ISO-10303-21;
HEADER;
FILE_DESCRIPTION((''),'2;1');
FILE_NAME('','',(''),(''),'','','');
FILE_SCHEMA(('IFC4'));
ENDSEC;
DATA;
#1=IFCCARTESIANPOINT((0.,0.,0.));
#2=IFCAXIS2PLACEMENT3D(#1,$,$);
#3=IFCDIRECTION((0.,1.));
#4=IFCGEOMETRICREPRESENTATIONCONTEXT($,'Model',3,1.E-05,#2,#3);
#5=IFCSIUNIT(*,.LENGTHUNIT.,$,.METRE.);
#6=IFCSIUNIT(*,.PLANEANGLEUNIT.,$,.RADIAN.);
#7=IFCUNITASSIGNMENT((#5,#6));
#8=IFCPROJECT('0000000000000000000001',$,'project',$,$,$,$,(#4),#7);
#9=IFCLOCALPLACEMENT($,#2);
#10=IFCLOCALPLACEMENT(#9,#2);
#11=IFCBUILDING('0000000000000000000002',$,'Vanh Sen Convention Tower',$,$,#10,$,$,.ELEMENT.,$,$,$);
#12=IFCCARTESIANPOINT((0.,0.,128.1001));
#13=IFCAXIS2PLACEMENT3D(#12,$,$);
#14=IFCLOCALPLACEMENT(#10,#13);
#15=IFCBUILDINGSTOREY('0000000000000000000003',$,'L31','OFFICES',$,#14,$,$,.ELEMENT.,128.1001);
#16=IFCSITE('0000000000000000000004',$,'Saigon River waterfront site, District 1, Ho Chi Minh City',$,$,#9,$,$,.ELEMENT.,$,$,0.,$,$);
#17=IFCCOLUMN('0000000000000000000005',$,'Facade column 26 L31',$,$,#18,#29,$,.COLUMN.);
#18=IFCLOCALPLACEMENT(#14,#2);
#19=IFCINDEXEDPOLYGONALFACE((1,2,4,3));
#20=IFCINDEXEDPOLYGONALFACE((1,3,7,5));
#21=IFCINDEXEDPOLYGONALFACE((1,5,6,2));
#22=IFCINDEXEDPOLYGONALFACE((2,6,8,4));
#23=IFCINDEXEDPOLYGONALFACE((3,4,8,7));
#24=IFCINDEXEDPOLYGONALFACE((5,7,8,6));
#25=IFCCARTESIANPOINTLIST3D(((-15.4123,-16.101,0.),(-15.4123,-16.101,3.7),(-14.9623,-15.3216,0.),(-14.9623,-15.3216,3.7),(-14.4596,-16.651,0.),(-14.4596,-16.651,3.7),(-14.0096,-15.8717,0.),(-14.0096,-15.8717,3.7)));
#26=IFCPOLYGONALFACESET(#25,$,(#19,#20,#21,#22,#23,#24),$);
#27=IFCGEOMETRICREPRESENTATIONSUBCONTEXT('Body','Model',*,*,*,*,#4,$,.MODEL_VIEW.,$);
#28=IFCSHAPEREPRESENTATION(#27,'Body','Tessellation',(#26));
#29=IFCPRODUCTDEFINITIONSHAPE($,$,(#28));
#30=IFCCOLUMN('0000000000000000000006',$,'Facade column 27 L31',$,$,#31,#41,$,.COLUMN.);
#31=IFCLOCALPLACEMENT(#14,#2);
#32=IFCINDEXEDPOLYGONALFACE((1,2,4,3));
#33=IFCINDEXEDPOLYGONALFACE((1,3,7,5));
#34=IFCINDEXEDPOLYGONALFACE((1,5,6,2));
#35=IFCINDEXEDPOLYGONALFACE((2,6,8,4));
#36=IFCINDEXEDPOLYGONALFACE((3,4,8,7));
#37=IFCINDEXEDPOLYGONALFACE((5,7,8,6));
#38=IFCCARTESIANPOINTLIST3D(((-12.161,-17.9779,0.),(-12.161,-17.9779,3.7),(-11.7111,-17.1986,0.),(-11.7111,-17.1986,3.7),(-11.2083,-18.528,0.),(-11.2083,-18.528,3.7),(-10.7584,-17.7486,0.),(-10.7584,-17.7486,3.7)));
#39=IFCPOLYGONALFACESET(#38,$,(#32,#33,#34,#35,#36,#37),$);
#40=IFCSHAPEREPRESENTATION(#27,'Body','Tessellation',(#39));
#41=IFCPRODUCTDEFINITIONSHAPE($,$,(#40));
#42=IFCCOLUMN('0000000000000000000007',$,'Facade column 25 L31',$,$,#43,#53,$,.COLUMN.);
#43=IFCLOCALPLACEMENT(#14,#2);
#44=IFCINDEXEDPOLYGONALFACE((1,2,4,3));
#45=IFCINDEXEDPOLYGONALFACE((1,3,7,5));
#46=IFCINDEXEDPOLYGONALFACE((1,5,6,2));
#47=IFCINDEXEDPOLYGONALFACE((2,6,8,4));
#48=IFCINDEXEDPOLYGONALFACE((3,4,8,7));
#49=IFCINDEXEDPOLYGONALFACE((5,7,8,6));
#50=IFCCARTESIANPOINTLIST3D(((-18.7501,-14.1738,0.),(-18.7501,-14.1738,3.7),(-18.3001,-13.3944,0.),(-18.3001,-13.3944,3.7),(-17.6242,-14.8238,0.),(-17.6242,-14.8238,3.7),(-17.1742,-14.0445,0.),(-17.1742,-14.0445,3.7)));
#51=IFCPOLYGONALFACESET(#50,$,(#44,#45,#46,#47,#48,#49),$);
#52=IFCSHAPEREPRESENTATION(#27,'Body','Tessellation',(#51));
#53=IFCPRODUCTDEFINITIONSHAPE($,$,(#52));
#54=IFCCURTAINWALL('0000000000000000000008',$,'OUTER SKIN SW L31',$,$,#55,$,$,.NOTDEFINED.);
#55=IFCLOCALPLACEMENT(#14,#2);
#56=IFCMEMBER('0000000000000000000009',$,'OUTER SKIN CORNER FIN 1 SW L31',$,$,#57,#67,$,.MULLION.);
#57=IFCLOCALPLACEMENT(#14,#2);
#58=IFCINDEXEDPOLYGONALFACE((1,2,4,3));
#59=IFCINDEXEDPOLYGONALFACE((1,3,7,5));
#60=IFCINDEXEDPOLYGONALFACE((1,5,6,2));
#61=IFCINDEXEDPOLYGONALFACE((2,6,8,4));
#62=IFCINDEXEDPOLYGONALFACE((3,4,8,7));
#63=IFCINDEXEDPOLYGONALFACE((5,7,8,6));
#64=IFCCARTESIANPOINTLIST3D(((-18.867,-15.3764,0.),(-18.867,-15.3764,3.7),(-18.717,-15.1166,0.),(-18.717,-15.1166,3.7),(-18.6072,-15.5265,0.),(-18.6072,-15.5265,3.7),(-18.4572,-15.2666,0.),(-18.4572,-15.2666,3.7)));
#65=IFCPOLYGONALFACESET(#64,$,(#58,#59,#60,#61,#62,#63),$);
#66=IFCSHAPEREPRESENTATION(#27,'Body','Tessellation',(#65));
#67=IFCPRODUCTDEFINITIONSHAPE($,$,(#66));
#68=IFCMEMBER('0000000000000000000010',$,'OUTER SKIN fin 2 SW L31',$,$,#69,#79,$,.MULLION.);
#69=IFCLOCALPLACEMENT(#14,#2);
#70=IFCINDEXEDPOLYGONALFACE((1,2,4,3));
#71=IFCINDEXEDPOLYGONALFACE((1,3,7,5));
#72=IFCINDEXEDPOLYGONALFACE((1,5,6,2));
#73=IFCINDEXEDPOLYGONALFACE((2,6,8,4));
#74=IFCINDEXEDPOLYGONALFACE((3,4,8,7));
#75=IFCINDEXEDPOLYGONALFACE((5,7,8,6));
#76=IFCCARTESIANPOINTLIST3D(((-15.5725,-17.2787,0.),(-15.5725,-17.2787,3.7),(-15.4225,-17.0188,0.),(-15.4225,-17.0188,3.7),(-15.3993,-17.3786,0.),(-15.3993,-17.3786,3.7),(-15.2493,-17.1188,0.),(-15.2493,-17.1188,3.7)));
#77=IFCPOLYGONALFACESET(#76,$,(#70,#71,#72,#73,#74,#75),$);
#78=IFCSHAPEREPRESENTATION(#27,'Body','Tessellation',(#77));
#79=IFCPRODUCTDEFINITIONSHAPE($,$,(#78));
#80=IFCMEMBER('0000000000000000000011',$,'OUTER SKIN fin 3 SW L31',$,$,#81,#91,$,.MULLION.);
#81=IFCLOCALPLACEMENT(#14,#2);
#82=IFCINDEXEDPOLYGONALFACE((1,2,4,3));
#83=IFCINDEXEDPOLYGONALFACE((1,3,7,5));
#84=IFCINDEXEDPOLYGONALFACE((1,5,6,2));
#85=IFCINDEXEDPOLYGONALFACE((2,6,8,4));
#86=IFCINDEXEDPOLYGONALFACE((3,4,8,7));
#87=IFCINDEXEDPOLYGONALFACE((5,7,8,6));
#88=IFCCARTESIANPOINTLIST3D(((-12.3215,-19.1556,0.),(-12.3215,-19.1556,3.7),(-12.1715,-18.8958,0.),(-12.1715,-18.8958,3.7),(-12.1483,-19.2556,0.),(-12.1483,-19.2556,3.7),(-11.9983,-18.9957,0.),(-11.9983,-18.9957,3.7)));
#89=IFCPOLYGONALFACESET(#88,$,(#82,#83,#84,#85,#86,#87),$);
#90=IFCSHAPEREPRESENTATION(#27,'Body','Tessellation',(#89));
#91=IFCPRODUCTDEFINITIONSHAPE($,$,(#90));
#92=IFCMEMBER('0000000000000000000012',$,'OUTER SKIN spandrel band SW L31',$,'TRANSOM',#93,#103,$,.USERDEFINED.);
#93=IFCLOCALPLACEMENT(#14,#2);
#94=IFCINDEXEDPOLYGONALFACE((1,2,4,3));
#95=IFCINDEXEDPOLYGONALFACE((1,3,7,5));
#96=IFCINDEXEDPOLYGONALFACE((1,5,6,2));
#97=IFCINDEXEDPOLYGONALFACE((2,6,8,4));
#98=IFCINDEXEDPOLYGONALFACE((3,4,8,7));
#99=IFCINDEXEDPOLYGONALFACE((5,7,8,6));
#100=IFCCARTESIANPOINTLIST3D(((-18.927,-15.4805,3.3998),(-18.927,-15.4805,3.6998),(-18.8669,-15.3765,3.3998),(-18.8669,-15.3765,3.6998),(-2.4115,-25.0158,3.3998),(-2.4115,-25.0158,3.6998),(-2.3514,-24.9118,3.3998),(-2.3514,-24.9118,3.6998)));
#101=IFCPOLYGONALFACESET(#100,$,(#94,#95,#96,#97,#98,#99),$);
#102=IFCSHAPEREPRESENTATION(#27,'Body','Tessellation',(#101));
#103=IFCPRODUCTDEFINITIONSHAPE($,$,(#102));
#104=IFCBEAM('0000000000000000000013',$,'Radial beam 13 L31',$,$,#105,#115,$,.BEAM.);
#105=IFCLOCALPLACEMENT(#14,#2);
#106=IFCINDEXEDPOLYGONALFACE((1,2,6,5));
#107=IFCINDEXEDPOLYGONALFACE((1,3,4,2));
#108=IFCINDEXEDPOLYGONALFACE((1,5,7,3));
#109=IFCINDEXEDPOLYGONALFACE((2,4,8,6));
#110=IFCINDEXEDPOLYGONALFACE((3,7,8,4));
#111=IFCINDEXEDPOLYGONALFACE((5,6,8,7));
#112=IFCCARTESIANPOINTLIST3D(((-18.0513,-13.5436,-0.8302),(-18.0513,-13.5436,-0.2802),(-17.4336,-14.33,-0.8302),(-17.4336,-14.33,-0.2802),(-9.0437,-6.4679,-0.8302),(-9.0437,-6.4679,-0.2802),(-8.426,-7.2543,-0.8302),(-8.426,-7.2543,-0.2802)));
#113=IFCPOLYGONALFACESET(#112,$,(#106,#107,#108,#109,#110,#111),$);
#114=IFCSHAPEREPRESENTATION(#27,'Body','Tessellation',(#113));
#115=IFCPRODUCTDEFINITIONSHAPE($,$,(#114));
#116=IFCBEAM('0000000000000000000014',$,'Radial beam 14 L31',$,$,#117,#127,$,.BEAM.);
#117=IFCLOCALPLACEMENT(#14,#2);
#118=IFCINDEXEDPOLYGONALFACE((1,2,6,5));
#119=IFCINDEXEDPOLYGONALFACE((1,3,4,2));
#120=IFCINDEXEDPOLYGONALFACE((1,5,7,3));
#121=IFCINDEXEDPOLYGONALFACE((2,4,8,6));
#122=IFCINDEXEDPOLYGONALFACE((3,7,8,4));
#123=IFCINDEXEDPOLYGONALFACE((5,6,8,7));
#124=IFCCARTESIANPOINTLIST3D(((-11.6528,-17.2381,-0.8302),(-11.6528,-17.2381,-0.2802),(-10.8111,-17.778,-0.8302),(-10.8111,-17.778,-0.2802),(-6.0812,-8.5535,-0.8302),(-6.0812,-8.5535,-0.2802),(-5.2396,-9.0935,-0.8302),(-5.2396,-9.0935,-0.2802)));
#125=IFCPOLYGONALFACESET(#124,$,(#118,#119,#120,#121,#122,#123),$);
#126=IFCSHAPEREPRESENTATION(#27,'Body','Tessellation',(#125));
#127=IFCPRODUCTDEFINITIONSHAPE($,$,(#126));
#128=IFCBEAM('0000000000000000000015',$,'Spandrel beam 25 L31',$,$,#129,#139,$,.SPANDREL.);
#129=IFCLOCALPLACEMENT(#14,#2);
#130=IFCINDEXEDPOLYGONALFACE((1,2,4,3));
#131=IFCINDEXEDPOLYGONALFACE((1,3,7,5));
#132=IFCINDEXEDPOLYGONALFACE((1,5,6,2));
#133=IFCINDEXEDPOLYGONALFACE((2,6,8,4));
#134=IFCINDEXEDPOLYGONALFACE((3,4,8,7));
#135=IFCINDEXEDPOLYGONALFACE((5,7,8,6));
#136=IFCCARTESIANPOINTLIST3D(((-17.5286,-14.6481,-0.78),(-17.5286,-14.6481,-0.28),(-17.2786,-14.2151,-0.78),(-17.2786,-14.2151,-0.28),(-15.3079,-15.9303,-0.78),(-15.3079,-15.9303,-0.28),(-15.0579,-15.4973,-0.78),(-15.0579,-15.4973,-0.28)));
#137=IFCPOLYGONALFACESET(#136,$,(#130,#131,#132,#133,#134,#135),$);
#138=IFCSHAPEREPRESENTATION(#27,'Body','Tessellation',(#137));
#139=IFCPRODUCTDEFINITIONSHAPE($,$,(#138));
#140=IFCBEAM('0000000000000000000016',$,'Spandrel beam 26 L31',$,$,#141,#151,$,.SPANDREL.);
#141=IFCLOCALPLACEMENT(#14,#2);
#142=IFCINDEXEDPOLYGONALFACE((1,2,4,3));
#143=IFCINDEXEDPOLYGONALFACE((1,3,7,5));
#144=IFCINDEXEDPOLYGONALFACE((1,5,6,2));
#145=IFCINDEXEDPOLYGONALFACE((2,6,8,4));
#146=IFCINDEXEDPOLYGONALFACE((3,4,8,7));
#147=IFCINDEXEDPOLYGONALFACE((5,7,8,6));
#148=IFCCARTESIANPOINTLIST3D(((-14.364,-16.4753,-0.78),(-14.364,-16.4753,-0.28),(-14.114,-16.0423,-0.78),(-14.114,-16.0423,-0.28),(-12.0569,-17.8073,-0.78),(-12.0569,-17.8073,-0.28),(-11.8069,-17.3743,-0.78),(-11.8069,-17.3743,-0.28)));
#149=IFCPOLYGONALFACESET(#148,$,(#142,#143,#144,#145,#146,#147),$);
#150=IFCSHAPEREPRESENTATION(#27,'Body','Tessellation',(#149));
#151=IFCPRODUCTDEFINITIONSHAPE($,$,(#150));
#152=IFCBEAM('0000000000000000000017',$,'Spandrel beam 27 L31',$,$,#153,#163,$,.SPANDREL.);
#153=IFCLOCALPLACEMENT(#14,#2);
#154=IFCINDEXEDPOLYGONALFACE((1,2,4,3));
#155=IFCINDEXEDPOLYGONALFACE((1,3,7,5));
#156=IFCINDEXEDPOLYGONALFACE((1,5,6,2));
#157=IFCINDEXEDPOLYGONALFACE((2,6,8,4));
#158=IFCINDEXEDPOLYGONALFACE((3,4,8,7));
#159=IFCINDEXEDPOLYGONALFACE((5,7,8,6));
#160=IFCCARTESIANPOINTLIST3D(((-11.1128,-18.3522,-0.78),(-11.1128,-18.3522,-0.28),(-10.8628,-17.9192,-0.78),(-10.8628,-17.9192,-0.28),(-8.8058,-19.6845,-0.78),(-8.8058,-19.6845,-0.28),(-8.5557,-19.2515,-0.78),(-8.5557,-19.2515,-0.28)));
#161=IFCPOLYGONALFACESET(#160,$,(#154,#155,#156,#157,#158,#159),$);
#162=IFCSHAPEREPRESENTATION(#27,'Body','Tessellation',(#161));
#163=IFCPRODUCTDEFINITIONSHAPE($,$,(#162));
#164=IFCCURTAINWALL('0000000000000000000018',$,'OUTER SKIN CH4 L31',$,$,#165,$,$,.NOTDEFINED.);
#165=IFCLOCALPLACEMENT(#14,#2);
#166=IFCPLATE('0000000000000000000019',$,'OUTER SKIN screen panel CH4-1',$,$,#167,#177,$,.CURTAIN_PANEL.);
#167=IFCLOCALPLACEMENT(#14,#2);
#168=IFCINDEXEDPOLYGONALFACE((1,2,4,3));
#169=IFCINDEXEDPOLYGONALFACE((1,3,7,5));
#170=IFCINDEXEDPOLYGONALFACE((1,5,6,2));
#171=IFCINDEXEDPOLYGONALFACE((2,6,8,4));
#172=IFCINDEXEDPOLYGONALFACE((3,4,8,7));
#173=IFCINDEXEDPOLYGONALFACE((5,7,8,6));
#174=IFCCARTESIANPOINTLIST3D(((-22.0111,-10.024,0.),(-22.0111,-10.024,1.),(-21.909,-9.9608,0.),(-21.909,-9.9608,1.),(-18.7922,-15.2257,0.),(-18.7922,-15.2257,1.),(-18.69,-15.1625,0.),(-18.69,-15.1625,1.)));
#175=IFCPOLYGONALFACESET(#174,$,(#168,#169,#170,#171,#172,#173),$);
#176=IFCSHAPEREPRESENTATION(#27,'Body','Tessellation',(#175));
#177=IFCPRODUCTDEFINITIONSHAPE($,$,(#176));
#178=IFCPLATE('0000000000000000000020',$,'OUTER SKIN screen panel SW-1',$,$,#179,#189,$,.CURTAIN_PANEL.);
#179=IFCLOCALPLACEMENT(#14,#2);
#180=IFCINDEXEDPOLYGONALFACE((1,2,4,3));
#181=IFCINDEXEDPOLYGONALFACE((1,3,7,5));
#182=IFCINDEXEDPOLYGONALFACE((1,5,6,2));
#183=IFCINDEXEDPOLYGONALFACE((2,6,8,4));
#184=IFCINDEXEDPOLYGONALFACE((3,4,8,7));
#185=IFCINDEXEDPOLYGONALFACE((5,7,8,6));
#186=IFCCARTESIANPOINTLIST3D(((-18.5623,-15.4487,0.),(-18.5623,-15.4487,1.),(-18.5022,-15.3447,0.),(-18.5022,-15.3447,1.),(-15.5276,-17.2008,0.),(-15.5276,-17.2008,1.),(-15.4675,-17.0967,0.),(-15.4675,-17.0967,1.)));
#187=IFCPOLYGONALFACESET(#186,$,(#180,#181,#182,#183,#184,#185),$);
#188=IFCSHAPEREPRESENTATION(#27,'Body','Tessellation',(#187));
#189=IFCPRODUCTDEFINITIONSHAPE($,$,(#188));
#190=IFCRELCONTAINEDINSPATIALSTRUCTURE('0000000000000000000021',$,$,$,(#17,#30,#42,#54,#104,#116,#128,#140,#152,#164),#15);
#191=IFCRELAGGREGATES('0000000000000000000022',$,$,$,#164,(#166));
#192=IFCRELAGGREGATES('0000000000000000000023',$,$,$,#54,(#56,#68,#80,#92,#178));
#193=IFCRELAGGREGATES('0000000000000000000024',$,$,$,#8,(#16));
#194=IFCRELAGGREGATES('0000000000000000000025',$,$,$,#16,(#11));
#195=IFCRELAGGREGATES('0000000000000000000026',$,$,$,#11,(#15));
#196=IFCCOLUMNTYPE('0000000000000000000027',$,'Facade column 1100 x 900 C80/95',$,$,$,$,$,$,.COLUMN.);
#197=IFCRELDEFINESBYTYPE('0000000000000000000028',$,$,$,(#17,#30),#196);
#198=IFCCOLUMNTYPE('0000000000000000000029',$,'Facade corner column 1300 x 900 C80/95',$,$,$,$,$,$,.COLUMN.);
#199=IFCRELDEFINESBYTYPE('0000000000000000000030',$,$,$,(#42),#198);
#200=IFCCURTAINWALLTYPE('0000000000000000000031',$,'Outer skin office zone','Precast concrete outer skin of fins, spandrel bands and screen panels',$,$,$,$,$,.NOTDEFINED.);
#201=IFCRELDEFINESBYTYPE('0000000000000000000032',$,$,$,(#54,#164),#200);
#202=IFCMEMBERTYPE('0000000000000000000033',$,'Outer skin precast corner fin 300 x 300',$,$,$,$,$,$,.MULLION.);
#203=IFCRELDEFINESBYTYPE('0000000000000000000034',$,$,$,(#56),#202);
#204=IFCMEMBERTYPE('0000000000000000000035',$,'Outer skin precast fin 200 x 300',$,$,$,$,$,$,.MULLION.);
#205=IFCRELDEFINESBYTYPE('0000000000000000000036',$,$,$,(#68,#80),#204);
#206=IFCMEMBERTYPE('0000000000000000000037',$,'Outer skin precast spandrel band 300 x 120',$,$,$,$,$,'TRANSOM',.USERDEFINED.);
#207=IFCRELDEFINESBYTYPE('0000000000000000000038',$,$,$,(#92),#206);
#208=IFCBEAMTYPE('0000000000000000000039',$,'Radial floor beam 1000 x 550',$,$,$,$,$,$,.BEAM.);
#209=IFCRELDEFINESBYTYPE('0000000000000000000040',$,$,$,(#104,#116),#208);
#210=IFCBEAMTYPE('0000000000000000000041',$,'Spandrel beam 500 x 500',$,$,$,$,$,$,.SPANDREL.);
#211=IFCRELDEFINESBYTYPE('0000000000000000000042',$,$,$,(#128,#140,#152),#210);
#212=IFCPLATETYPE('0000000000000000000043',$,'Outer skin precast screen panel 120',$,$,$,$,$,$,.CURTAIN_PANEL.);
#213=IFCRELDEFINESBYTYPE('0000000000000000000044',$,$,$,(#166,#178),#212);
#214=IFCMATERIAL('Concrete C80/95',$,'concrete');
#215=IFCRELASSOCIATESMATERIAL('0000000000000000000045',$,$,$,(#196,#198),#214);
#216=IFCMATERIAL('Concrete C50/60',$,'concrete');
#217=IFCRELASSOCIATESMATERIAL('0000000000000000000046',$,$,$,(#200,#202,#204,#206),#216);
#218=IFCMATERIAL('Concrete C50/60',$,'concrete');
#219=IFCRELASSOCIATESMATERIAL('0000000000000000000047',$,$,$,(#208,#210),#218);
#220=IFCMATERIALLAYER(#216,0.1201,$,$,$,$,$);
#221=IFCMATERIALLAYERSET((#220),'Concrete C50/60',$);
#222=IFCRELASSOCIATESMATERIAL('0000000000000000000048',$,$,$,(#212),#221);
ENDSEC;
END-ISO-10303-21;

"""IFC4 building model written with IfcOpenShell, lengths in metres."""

from ifc_helpers import new_model, si_unit, direction, frame, origin, origin_2d, place, context, subcontext, project, spatial, rectangle, extrude, material, layer, layer_set, material_profile, profile_set, type_object, element, aggregate, save


model = new_model("IFC4")

# Units and contexts
model_context = context("Model", 3, precision=1e-05, world=origin(), true_north=direction((0.0, 1.0)))
body_context = subcontext(model_context, "Body", "Model", "MODEL_VIEW")
ifc_project = project(units=[si_unit("LENGTHUNIT", "METRE"), si_unit("PLANEANGLEUNIT", "RADIAN")], contexts=[model_context])

# Site, building, storey
site_placement = place(None, origin())
site = spatial("IfcSite", under=ifc_project, at=site_placement, Name="Saigon River waterfront site, District 1, Ho Chi Minh City", CompositionType="ELEMENT", RefElevation=0.0)
building_placement = place(site_placement, origin())
building = spatial("IfcBuilding", under=site, at=building_placement, Name="Vanh Sen Convention Tower", CompositionType="ELEMENT")
storey_placement = place(building_placement, frame((0.0, 0.0, 128.1001)))
storey = spatial("IfcBuildingStorey", under=building, at=storey_placement, Name="L31", Description="OFFICES", CompositionType="ELEMENT", Elevation=128.1001)

# Columns
ifc_material_1 = material(Name="Concrete C80/95", Category="concrete")
ifc_material_profile_1 = material_profile(ifc_material_1, rectangle(XDim=1.1001, YDim=0.8999, at=origin_2d()), Name="RC 1100X900")
ifc_profile_set_1 = profile_set([ifc_material_profile_1], Name="Concrete C80/95")
column_type_1 = type_object("IfcColumnType", Name="Facade column 1100 x 900 C80/95", PredefinedType="COLUMN", material=ifc_profile_set_1)
for number, where, z_axis, x_axis, name in (
    (1, (-14.7109, -15.9863, 0.0), (0.0, 0.0, 1.0), (0.866025, -0.5, 0.0), "Facade column 26 L31"),
    (2, (-11.4597, -17.8633, 0.0), (0.0, 0.0, 1.0), (0.866025, -0.5, 0.0), "Facade column 27 L31"),
):
    element("IfcColumn", number, at=place(storey_placement, frame(where, z_axis=z_axis, x_axis=x_axis)), inside=storey, type_object=column_type_1, Name=name, PredefinedType="COLUMN", context=body_context, shape_type="SweptSolid", body=[
        extrude(rectangle(XDim=1.1001, YDim=0.8999, at=origin_2d()), origin(), (0.0, 0.0, 1.0), 3.7),
    ])
ifc_material_profile_2 = material_profile(ifc_material_1, rectangle(XDim=1.3, YDim=0.8999, at=origin_2d()), Name="RC 1300X900")
ifc_profile_set_2 = profile_set([ifc_material_profile_2], Name="Concrete C80/95")
column_type_2 = type_object("IfcColumnType", Name="Facade corner column 1300 x 900 C80/95", PredefinedType="COLUMN", material=ifc_profile_set_2)
column_placement = place(storey_placement, frame((-17.9622, -14.1091, 0.0), z_axis=(0.0, 0.0, 1.0), x_axis=(0.866025, -0.5, 0.0)))
element("IfcColumn", 3, at=column_placement, inside=storey, type_object=column_type_2, Name="Facade column 25 L31", PredefinedType="COLUMN", context=body_context, shape_type="SweptSolid", body=[
    extrude(rectangle(XDim=1.3, YDim=0.8999, at=origin_2d()), origin(), (0.0, 0.0, 1.0), 3.7),
])

# Curtain wall, members
ifc_material_2 = material(Name="Concrete C50/60", Category="concrete")
curtain_wall_type = type_object("IfcCurtainWallType", Name="Outer skin office zone", Description="Precast concrete outer skin of fins, spandrel bands and screen panels", PredefinedType="NOTDEFINED", material=ifc_material_2)
curtain_wall_1_placement = place(storey_placement, origin())
curtain_wall_1 = element("IfcCurtainWall", 4, at=curtain_wall_1_placement, inside=storey, type_object=curtain_wall_type, Name="OUTER SKIN SW L31", PredefinedType="NOTDEFINED")
ifc_material_profile_3 = material_profile(ifc_material_2, rectangle(XDim=0.3, YDim=0.3, at=origin_2d()), Name="Outer skin precast corner fin 300 x 300")
ifc_profile_set_3 = profile_set([ifc_material_profile_3], Name="Concrete C50/60")
member_type_1 = type_object("IfcMemberType", Name="Outer skin precast corner fin 300 x 300", PredefinedType="MULLION", material=ifc_profile_set_3)
member_1_placement = place(storey_placement, frame((-18.6621, -15.3215, 0.0), z_axis=(0.0, 0.0, 1.0), x_axis=(0.866025, -0.5, 0.0)))
member_1 = element("IfcMember", 5, at=member_1_placement, type_object=member_type_1, Name="OUTER SKIN CORNER FIN 1 SW L31", PredefinedType="MULLION", context=body_context, shape_type="SweptSolid", body=[
    extrude(rectangle(XDim=0.3, YDim=0.3, at=origin_2d()), origin(), (0.0, 0.0, 1.0), 3.7),
])
ifc_material_profile_4 = material_profile(ifc_material_2, rectangle(XDim=0.2, YDim=0.3, at=origin_2d()), Name="Outer skin precast fin 200 x 300")
ifc_profile_set_4 = profile_set([ifc_material_profile_4], Name="Concrete C50/60")
member_type_2 = type_object("IfcMemberType", Name="Outer skin precast fin 200 x 300", PredefinedType="MULLION", material=ifc_profile_set_4)
member_2_placement = place(storey_placement, frame((-15.4109, -17.1987, 0.0), z_axis=(0.0, 0.0, 1.0), x_axis=(0.866025, -0.5, 0.0)))
member_2 = element("IfcMember", 6, at=member_2_placement, type_object=member_type_2, Name="OUTER SKIN fin 2 SW L31", PredefinedType="MULLION", context=body_context, shape_type="SweptSolid", body=[
    extrude(rectangle(XDim=0.2, YDim=0.3, at=origin_2d()), origin(), (0.0, 0.0, 1.0), 3.7),
])
member_3_placement = place(storey_placement, frame((-12.1599, -19.0757, 0.0), z_axis=(0.0, 0.0, 1.0), x_axis=(0.866025, -0.5, 0.0)))
member_3 = element("IfcMember", 7, at=member_3_placement, type_object=member_type_2, Name="OUTER SKIN fin 3 SW L31", PredefinedType="MULLION", context=body_context, shape_type="SweptSolid", body=[
    extrude(rectangle(XDim=0.2, YDim=0.3, at=origin_2d()), origin(), (0.0, 0.0, 1.0), 3.7),
])
ifc_material_profile_5 = material_profile(ifc_material_2, rectangle(XDim=0.1201, YDim=0.3, at=origin_2d()), Name="Outer skin precast spandrel band 300 x 120")
ifc_profile_set_5 = profile_set([ifc_material_profile_5], Name="Concrete C50/60")
member_type_3 = type_object("IfcMemberType", Name="Outer skin precast spandrel band 300 x 120", ElementType="TRANSOM", PredefinedType="USERDEFINED", material=ifc_profile_set_5)
member_4_placement = place(storey_placement, frame((-18.897, -15.4285, 3.5498), z_axis=(0.866023, -0.500004, 0.0), x_axis=(0.500004, 0.866023, 0.0)))
member_4 = element("IfcMember", 8, at=member_4_placement, type_object=member_type_3, Name="OUTER SKIN spandrel band SW L31", ObjectType="TRANSOM", PredefinedType="USERDEFINED", context=body_context, shape_type="SweptSolid", body=[
    extrude(rectangle(XDim=0.1201, YDim=0.3, at=origin_2d()), origin(), (0.0, 0.0, 1.0), 19.0706),
])

# Beams
ifc_material_3 = material(Name="Concrete C50/60", Category="concrete")
ifc_material_profile_6 = material_profile(ifc_material_3, rectangle(XDim=1.0, YDim=0.55, at=origin_2d()), Name="RC 1000X550")
ifc_profile_set_6 = profile_set([ifc_material_profile_6], Name="Concrete C50/60")
beam_type_1 = type_object("IfcBeamType", Name="Radial floor beam 1000 x 550", PredefinedType="BEAM", material=ifc_profile_set_6)
beam_1_placement = place(storey_placement, frame((-17.7424, -13.9368, -0.5552), z_axis=(0.78639, 0.61773, 0.0), x_axis=(-0.61773, 0.78639, 0.0)))
element("IfcBeam", 9, at=beam_1_placement, inside=storey, type_object=beam_type_1, Name="Radial beam 13 L31", PredefinedType="BEAM", context=body_context, shape_type="SweptSolid", body=[
    extrude(rectangle(XDim=1.0, YDim=0.55, at=origin_2d()), origin(), (0.0, 0.0, 1.0), 11.4543),
])
beam_2_placement = place(storey_placement, frame((-11.2319, -17.5081, -0.5552), z_axis=(0.539975, 0.841681, 0.0), x_axis=(-0.841681, 0.539975, 0.0)))
element("IfcBeam", 10, at=beam_2_placement, inside=storey, type_object=beam_type_1, Name="Radial beam 14 L31", PredefinedType="BEAM", context=body_context, shape_type="SweptSolid", body=[
    extrude(rectangle(XDim=1.0, YDim=0.55, at=origin_2d()), origin(), (0.0, 0.0, 1.0), 10.3181),
])
ifc_material_profile_7 = material_profile(ifc_material_3, rectangle(XDim=0.5, YDim=0.5, at=origin_2d()), Name="RC 500X500")
ifc_profile_set_7 = profile_set([ifc_material_profile_7], Name="Concrete C50/60")
beam_type_2 = type_object("IfcBeamType", Name="Spandrel beam 500 x 500", PredefinedType="SPANDREL", material=ifc_profile_set_7)
beam_3_placement = place(storey_placement, frame((-17.4036, -14.4316, -0.53), z_axis=(0.866008, -0.50003, 0.0), x_axis=(0.50003, 0.866008, 0.0)))
element("IfcBeam", 11, at=beam_3_placement, inside=storey, type_object=beam_type_2, Name="Spandrel beam 25 L31", PredefinedType="SPANDREL", context=body_context, shape_type="SweptSolid", body=[
    extrude(rectangle(XDim=0.5, YDim=0.5, at=origin_2d()), origin(), (0.0, 0.0, 1.0), 2.5642),
])
for number, where, z_axis, x_axis, name in (
    (12, (-14.239, -16.2588, -0.53), (0.866024, -0.500003, 0.0), (0.500003, 0.866024, 0.0), "Spandrel beam 26 L31"),
    (13, (-10.9878, -18.1357, -0.53), (0.865984, -0.500071, 0.0), (0.500071, 0.865984, 0.0), "Spandrel beam 27 L31"),
):
    element("IfcBeam", number, at=place(storey_placement, frame(where, z_axis=z_axis, x_axis=x_axis)), inside=storey, type_object=beam_type_2, Name=name, PredefinedType="SPANDREL", context=body_context, shape_type="SweptSolid", body=[
        extrude(rectangle(XDim=0.5, YDim=0.5, at=origin_2d()), origin(), (0.0, 0.0, 1.0), 2.6641),
    ])

# Curtain wall, plate
curtain_wall_2_placement = place(storey_placement, origin())
curtain_wall_2 = element("IfcCurtainWall", 14, at=curtain_wall_2_placement, inside=storey, type_object=curtain_wall_type, Name="OUTER SKIN CH4 L31", PredefinedType="NOTDEFINED")
ifc_layer_1 = layer(ifc_material_2, 0.1201)
ifc_layer_set_1 = layer_set([ifc_layer_1], Name="Concrete C50/60")
plate_type = type_object("IfcPlateType", Name="Outer skin precast screen panel 120", PredefinedType="CURTAIN_PANEL", material=ifc_layer_set_1)
plate_1_placement = place(storey_placement, frame((-20.3506, -12.5933, 0.0), z_axis=(0.0, 0.0, 1.0), x_axis=(0.526218, -0.850349, 0.0)))
plate_1 = element("IfcPlate", 15, at=plate_1_placement, type_object=plate_type, Name="OUTER SKIN screen panel CH4-1", PredefinedType="CURTAIN_PANEL", context=body_context, shape_type="SweptSolid", body=[
    extrude(rectangle(XDim=6.1172, YDim=0.1201, at=origin_2d()), origin(), (0.0, 0.0, 1.0), 1.0),
])
aggregate(curtain_wall_2, [plate_1])

# Plate
plate_2_placement = place(storey_placement, frame((-17.0149, -16.2727, 0.0), z_axis=(0.0, 0.0, 1.0), x_axis=(0.866024, -0.500003, 0.0)))
plate_2 = element("IfcPlate", 16, at=plate_2_placement, type_object=plate_type, Name="OUTER SKIN screen panel SW-1", PredefinedType="CURTAIN_PANEL", context=body_context, shape_type="SweptSolid", body=[
    extrude(rectangle(XDim=3.5042, YDim=0.1201, at=origin_2d()), origin(), (0.0, 0.0, 1.0), 1.0),
])
aggregate(curtain_wall_1, [member_1, member_2, member_3, member_4, plate_2])

save(model, "model.ifc")
